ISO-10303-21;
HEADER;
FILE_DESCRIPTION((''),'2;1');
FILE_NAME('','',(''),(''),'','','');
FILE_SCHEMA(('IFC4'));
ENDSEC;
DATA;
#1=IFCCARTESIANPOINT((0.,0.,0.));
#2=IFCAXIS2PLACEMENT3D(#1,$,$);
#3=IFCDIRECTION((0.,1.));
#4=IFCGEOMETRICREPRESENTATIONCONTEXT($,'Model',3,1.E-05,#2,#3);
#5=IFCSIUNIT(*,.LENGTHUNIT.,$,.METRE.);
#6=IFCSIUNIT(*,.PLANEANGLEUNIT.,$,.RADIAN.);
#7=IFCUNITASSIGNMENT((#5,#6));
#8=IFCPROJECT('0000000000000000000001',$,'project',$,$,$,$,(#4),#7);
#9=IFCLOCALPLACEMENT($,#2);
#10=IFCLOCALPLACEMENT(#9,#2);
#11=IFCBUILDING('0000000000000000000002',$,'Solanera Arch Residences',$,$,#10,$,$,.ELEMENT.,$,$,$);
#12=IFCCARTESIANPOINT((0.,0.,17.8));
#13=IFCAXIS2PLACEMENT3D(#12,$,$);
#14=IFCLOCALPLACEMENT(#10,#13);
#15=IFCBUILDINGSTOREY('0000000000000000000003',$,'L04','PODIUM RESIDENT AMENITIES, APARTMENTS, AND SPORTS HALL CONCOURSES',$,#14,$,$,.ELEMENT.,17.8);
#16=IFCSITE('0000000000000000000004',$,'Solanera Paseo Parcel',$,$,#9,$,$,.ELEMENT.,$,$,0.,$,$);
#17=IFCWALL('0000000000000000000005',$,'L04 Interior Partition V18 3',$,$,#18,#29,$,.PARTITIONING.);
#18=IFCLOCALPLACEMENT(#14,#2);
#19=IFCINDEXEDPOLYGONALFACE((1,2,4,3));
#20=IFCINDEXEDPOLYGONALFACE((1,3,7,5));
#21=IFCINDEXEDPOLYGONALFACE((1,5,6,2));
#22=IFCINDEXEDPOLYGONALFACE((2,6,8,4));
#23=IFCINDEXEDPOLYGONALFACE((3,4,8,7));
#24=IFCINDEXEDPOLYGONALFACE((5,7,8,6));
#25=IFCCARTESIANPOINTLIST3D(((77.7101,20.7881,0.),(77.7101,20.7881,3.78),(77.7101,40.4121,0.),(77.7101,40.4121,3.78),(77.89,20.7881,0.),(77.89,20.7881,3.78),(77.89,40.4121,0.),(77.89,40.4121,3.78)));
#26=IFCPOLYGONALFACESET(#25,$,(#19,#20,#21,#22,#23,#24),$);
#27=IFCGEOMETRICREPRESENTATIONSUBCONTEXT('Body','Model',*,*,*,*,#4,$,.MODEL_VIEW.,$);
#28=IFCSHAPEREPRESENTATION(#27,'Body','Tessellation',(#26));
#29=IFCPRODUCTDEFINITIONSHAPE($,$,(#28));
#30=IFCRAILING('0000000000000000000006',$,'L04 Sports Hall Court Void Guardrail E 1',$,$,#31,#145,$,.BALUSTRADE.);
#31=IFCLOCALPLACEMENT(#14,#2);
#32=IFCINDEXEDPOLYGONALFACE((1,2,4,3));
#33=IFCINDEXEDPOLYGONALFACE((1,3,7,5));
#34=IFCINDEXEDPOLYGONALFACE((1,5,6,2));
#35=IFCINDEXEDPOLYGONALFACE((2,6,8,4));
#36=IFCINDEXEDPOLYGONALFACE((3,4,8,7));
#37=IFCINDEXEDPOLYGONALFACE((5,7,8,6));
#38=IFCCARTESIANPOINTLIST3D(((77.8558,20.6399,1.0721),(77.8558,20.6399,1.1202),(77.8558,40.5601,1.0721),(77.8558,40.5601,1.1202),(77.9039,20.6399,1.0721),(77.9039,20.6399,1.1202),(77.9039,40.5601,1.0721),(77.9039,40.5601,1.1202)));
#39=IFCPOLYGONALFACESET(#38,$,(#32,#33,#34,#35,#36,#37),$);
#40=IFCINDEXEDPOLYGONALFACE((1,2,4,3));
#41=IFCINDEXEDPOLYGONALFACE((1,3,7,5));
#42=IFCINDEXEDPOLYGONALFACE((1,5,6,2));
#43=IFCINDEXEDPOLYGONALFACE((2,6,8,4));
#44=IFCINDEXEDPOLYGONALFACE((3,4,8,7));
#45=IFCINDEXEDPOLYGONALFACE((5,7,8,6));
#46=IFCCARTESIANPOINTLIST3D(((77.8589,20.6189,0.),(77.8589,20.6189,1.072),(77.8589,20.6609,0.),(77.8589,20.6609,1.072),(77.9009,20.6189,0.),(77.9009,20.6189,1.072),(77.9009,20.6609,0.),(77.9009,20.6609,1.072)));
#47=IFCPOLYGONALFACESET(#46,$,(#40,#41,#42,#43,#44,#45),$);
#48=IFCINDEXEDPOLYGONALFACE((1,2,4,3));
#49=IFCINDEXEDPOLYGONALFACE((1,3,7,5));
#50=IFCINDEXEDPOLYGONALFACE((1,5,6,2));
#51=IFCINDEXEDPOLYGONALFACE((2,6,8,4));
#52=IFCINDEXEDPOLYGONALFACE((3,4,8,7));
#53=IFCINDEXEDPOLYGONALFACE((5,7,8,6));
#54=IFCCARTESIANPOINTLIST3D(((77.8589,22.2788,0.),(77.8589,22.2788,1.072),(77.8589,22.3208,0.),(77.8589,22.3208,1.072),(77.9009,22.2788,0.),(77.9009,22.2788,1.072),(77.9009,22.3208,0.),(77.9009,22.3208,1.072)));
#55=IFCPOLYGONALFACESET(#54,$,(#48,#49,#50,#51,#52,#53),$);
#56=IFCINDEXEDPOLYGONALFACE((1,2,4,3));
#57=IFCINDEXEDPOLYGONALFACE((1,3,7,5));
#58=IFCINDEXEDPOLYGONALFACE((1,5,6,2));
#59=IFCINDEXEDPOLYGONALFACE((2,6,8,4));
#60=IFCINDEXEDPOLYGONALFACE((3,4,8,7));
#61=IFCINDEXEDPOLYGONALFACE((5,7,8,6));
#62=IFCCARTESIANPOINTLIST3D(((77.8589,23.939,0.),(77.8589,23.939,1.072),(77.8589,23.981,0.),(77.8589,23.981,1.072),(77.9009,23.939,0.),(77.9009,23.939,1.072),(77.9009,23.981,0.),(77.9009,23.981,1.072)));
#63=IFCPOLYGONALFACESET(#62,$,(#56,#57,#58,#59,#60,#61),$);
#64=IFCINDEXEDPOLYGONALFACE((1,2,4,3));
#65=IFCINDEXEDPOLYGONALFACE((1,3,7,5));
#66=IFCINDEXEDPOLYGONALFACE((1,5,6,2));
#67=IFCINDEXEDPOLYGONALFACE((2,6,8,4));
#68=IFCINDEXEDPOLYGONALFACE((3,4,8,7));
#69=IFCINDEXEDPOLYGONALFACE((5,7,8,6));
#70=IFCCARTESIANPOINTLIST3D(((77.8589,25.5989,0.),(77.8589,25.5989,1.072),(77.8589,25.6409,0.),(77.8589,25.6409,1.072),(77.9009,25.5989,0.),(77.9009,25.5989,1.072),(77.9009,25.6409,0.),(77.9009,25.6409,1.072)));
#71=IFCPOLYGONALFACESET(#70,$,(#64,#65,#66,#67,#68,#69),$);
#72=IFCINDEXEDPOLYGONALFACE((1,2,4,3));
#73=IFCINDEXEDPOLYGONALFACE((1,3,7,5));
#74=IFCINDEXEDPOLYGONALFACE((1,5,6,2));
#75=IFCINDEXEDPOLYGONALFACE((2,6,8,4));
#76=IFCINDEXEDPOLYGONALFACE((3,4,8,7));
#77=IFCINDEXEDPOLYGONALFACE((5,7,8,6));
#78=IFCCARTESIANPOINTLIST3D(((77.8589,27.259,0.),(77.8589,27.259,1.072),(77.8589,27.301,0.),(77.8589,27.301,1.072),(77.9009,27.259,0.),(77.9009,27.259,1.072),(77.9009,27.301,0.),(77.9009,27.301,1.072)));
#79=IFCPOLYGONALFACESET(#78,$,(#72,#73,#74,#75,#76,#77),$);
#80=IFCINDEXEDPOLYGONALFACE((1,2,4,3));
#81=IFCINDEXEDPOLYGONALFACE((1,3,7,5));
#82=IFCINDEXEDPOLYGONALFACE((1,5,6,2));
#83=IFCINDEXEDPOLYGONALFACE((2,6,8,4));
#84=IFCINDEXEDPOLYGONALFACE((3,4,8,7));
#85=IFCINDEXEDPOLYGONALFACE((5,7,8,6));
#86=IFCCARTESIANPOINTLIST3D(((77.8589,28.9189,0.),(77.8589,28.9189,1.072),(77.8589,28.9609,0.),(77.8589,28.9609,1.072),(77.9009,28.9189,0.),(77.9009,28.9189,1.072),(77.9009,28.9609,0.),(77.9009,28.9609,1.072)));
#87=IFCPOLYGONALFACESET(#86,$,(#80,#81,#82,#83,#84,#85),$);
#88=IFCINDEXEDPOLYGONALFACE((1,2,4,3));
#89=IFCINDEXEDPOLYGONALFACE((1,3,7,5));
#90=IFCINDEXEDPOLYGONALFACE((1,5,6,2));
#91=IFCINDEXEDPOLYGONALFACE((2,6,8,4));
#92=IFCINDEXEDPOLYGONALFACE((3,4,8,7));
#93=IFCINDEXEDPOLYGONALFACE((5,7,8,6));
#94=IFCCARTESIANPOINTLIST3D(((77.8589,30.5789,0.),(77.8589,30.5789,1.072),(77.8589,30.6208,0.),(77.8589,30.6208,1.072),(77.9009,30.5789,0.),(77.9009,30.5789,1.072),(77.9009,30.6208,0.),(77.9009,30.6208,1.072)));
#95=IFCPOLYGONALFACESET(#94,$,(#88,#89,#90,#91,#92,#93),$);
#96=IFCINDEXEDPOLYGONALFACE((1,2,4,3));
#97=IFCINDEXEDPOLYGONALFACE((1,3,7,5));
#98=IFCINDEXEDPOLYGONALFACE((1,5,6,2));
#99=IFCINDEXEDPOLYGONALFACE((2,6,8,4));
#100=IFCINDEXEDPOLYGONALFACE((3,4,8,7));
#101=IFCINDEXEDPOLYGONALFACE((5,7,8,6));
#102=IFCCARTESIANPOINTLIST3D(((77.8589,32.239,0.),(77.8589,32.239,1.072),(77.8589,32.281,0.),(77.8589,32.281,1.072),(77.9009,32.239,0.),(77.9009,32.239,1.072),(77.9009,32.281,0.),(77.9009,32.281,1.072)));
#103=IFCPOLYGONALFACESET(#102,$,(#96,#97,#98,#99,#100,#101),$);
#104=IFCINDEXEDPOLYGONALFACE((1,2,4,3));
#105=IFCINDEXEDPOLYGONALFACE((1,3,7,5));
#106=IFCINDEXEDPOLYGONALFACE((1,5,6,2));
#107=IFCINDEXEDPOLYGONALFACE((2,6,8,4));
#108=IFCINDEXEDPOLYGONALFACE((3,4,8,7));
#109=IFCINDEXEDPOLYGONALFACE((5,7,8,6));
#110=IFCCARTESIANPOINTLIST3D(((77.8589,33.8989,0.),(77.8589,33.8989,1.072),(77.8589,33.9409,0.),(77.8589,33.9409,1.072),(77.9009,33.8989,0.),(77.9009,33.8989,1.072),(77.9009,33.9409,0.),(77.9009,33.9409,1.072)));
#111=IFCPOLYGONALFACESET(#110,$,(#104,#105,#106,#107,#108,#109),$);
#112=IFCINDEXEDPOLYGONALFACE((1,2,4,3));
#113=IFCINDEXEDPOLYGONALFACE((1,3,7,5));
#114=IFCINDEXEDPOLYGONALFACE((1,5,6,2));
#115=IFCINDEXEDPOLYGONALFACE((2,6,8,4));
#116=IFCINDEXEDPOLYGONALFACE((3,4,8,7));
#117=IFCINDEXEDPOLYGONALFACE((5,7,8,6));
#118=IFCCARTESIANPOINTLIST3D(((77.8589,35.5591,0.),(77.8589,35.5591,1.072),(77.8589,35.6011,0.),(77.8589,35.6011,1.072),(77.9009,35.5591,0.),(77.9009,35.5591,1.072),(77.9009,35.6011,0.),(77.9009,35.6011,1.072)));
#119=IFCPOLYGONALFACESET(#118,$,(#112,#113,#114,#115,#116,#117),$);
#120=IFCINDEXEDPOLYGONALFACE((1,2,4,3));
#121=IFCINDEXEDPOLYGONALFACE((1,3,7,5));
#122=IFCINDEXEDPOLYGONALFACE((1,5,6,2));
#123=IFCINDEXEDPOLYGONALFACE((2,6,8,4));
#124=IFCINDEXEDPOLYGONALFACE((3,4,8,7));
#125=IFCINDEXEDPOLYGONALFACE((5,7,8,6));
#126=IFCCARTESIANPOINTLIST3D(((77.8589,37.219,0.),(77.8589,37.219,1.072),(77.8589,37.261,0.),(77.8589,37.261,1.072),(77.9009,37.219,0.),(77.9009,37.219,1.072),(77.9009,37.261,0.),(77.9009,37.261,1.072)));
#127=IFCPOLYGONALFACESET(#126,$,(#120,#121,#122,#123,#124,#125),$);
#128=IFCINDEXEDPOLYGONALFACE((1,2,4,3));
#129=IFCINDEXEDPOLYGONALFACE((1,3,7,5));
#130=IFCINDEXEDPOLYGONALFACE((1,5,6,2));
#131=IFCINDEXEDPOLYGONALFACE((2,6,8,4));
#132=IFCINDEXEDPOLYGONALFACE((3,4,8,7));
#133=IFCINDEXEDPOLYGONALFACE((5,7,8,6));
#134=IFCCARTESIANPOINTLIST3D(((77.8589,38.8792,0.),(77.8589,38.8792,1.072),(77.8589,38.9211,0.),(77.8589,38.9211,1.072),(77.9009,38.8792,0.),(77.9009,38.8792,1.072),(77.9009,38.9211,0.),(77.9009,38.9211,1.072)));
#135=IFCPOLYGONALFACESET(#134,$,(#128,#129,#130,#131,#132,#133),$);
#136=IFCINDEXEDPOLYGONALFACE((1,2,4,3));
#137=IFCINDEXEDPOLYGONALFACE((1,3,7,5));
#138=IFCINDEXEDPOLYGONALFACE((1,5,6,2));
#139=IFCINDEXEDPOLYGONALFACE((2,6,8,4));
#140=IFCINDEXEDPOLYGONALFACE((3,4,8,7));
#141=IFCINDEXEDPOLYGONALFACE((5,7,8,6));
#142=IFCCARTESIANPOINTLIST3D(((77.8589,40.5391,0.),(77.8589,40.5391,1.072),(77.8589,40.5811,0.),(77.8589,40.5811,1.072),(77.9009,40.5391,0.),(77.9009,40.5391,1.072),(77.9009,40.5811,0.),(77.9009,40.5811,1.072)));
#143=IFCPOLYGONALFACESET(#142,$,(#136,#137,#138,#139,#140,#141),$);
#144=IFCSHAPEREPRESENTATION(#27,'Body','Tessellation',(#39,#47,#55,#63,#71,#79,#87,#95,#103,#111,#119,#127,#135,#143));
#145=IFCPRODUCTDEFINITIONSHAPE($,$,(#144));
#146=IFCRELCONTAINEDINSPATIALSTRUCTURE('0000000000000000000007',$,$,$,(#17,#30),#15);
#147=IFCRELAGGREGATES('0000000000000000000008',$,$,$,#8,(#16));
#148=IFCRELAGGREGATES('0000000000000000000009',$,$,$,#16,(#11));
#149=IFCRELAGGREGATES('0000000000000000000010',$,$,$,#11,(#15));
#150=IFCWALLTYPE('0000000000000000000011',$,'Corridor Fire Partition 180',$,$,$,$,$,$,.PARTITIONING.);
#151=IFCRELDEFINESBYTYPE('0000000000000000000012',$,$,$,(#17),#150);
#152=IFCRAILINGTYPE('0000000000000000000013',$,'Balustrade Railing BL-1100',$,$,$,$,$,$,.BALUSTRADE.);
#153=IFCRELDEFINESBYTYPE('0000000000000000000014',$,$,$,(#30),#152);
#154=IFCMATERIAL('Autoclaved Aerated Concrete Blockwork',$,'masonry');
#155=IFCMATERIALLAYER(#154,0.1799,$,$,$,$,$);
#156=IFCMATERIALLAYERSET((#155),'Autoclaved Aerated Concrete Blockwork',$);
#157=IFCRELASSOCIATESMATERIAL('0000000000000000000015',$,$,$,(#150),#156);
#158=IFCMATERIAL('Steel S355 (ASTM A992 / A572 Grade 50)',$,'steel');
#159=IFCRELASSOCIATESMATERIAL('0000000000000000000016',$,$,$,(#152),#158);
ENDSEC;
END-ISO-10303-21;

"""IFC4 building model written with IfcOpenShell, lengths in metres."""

from ifc_helpers import new_model, si_unit, direction, frame, frame_2d, origin, origin_2d, place, context, subcontext, project, spatial, rectangle, extrude, material, layer, layer_set, type_object, element, save


model = new_model("IFC4")

# Units and contexts
model_context = context("Model", 3, precision=1e-05, world=origin(), true_north=direction((0.0, 1.0)))
body_context = subcontext(model_context, "Body", "Model", "MODEL_VIEW")
ifc_project = project(units=[si_unit("LENGTHUNIT", "METRE"), si_unit("PLANEANGLEUNIT", "RADIAN")], contexts=[model_context])

# Site, building, storey
site_placement = place(None, origin())
site = spatial("IfcSite", under=ifc_project, at=site_placement, Name="Solanera Paseo Parcel", CompositionType="ELEMENT", RefElevation=0.0)
building_placement = place(site_placement, origin())
building = spatial("IfcBuilding", under=site, at=building_placement, Name="Solanera Arch Residences", CompositionType="ELEMENT")
storey_placement = place(building_placement, frame((0.0, 0.0, 17.8)))
storey = spatial("IfcBuildingStorey", under=building, at=storey_placement, Name="L04", Description="PODIUM RESIDENT AMENITIES, APARTMENTS, AND SPORTS HALL CONCOURSES", CompositionType="ELEMENT", Elevation=17.8)

# Wall
ifc_material_1 = material(Name="Autoclaved Aerated Concrete Blockwork", Category="masonry")
ifc_layer_1 = layer(ifc_material_1, 0.1799)
ifc_layer_set_1 = layer_set([ifc_layer_1], Name="Autoclaved Aerated Concrete Blockwork")
wall_type_1 = type_object("IfcWallType", Name="Corridor Fire Partition 180", PredefinedType="PARTITIONING", material=ifc_layer_set_1)
wall_placement = place(storey_placement, frame((77.8, 20.7881, 0.0), z_axis=(0.0, 0.0, 1.0), x_axis=(0.0, 1.0, 0.0)))
element("IfcWall", 1, at=wall_placement, inside=storey, type_object=wall_type_1, Name="L04 Interior Partition V18 3", PredefinedType="PARTITIONING", context=body_context, shape_type="SweptSolid", body=[
    extrude(rectangle(XDim=19.624, YDim=0.1799, at=frame_2d((9.812, 0.0))), origin(), (0.0, 0.0, 1.0), 3.78),
])

# Railing
ifc_material_2 = material(Name="Steel S355 (ASTM A992 / A572 Grade 50)", Category="steel")
railing_type = type_object("IfcRailingType", Name="Balustrade Railing BL-1100", PredefinedType="BALUSTRADE", material=ifc_material_2)
railing_placement = place(storey_placement, frame((77.8799, 20.6399, 0.0)))
element("IfcRailing", 2, at=railing_placement, inside=storey, type_object=railing_type, Name="L04 Sports Hall Court Void Guardrail E 1", PredefinedType="BALUSTRADE", context=body_context, shape_type="SweptSolid", body=[
    extrude(rectangle(XDim=0.0481, YDim=0.0481, at=origin_2d()), frame((0.0, 0.0, 1.0962), z_axis=(0.0, 1.0, 0.0), x_axis=(-1.0, 0.0, 0.0)), (0.0, 0.0, 1.0), 19.9202),
    extrude(rectangle(XDim=0.042, YDim=0.042, at=origin_2d()), origin(), (0.0, 0.0, 1.0), 1.072),
    extrude(rectangle(XDim=0.042, YDim=0.042, at=origin_2d()), frame((0.0, 1.6599, 0.0)), (0.0, 0.0, 1.0), 1.072),
    extrude(rectangle(XDim=0.042, YDim=0.042, at=origin_2d()), frame((0.0, 3.3201, 0.0)), (0.0, 0.0, 1.0), 1.072),
    extrude(rectangle(XDim=0.042, YDim=0.042, at=origin_2d()), frame((0.0, 4.98, 0.0)), (0.0, 0.0, 1.0), 1.072),
    extrude(rectangle(XDim=0.042, YDim=0.042, at=origin_2d()), frame((0.0, 6.6401, 0.0)), (0.0, 0.0, 1.0), 1.072),
    extrude(rectangle(XDim=0.042, YDim=0.042, at=origin_2d()), frame((0.0, 8.3, 0.0)), (0.0, 0.0, 1.0), 1.072),
    extrude(rectangle(XDim=0.042, YDim=0.042, at=origin_2d()), frame((0.0, 9.96, 0.0)), (0.0, 0.0, 1.0), 1.072),
    extrude(rectangle(XDim=0.042, YDim=0.042, at=origin_2d()), frame((0.0, 11.6201, 0.0)), (0.0, 0.0, 1.0), 1.072),
    extrude(rectangle(XDim=0.042, YDim=0.042, at=origin_2d()), frame((0.0, 13.28, 0.0)), (0.0, 0.0, 1.0), 1.072),
    extrude(rectangle(XDim=0.042, YDim=0.042, at=origin_2d()), frame((0.0, 14.9402, 0.0)), (0.0, 0.0, 1.0), 1.072),
    extrude(rectangle(XDim=0.042, YDim=0.042, at=origin_2d()), frame((0.0, 16.6001, 0.0)), (0.0, 0.0, 1.0), 1.072),
    extrude(rectangle(XDim=0.042, YDim=0.042, at=origin_2d()), frame((0.0, 18.2603, 0.0)), (0.0, 0.0, 1.0), 1.072),
    extrude(rectangle(XDim=0.042, YDim=0.042, at=origin_2d()), frame((0.0, 19.9202, 0.0)), (0.0, 0.0, 1.0), 1.072),
])

save(model, "model.ifc")
